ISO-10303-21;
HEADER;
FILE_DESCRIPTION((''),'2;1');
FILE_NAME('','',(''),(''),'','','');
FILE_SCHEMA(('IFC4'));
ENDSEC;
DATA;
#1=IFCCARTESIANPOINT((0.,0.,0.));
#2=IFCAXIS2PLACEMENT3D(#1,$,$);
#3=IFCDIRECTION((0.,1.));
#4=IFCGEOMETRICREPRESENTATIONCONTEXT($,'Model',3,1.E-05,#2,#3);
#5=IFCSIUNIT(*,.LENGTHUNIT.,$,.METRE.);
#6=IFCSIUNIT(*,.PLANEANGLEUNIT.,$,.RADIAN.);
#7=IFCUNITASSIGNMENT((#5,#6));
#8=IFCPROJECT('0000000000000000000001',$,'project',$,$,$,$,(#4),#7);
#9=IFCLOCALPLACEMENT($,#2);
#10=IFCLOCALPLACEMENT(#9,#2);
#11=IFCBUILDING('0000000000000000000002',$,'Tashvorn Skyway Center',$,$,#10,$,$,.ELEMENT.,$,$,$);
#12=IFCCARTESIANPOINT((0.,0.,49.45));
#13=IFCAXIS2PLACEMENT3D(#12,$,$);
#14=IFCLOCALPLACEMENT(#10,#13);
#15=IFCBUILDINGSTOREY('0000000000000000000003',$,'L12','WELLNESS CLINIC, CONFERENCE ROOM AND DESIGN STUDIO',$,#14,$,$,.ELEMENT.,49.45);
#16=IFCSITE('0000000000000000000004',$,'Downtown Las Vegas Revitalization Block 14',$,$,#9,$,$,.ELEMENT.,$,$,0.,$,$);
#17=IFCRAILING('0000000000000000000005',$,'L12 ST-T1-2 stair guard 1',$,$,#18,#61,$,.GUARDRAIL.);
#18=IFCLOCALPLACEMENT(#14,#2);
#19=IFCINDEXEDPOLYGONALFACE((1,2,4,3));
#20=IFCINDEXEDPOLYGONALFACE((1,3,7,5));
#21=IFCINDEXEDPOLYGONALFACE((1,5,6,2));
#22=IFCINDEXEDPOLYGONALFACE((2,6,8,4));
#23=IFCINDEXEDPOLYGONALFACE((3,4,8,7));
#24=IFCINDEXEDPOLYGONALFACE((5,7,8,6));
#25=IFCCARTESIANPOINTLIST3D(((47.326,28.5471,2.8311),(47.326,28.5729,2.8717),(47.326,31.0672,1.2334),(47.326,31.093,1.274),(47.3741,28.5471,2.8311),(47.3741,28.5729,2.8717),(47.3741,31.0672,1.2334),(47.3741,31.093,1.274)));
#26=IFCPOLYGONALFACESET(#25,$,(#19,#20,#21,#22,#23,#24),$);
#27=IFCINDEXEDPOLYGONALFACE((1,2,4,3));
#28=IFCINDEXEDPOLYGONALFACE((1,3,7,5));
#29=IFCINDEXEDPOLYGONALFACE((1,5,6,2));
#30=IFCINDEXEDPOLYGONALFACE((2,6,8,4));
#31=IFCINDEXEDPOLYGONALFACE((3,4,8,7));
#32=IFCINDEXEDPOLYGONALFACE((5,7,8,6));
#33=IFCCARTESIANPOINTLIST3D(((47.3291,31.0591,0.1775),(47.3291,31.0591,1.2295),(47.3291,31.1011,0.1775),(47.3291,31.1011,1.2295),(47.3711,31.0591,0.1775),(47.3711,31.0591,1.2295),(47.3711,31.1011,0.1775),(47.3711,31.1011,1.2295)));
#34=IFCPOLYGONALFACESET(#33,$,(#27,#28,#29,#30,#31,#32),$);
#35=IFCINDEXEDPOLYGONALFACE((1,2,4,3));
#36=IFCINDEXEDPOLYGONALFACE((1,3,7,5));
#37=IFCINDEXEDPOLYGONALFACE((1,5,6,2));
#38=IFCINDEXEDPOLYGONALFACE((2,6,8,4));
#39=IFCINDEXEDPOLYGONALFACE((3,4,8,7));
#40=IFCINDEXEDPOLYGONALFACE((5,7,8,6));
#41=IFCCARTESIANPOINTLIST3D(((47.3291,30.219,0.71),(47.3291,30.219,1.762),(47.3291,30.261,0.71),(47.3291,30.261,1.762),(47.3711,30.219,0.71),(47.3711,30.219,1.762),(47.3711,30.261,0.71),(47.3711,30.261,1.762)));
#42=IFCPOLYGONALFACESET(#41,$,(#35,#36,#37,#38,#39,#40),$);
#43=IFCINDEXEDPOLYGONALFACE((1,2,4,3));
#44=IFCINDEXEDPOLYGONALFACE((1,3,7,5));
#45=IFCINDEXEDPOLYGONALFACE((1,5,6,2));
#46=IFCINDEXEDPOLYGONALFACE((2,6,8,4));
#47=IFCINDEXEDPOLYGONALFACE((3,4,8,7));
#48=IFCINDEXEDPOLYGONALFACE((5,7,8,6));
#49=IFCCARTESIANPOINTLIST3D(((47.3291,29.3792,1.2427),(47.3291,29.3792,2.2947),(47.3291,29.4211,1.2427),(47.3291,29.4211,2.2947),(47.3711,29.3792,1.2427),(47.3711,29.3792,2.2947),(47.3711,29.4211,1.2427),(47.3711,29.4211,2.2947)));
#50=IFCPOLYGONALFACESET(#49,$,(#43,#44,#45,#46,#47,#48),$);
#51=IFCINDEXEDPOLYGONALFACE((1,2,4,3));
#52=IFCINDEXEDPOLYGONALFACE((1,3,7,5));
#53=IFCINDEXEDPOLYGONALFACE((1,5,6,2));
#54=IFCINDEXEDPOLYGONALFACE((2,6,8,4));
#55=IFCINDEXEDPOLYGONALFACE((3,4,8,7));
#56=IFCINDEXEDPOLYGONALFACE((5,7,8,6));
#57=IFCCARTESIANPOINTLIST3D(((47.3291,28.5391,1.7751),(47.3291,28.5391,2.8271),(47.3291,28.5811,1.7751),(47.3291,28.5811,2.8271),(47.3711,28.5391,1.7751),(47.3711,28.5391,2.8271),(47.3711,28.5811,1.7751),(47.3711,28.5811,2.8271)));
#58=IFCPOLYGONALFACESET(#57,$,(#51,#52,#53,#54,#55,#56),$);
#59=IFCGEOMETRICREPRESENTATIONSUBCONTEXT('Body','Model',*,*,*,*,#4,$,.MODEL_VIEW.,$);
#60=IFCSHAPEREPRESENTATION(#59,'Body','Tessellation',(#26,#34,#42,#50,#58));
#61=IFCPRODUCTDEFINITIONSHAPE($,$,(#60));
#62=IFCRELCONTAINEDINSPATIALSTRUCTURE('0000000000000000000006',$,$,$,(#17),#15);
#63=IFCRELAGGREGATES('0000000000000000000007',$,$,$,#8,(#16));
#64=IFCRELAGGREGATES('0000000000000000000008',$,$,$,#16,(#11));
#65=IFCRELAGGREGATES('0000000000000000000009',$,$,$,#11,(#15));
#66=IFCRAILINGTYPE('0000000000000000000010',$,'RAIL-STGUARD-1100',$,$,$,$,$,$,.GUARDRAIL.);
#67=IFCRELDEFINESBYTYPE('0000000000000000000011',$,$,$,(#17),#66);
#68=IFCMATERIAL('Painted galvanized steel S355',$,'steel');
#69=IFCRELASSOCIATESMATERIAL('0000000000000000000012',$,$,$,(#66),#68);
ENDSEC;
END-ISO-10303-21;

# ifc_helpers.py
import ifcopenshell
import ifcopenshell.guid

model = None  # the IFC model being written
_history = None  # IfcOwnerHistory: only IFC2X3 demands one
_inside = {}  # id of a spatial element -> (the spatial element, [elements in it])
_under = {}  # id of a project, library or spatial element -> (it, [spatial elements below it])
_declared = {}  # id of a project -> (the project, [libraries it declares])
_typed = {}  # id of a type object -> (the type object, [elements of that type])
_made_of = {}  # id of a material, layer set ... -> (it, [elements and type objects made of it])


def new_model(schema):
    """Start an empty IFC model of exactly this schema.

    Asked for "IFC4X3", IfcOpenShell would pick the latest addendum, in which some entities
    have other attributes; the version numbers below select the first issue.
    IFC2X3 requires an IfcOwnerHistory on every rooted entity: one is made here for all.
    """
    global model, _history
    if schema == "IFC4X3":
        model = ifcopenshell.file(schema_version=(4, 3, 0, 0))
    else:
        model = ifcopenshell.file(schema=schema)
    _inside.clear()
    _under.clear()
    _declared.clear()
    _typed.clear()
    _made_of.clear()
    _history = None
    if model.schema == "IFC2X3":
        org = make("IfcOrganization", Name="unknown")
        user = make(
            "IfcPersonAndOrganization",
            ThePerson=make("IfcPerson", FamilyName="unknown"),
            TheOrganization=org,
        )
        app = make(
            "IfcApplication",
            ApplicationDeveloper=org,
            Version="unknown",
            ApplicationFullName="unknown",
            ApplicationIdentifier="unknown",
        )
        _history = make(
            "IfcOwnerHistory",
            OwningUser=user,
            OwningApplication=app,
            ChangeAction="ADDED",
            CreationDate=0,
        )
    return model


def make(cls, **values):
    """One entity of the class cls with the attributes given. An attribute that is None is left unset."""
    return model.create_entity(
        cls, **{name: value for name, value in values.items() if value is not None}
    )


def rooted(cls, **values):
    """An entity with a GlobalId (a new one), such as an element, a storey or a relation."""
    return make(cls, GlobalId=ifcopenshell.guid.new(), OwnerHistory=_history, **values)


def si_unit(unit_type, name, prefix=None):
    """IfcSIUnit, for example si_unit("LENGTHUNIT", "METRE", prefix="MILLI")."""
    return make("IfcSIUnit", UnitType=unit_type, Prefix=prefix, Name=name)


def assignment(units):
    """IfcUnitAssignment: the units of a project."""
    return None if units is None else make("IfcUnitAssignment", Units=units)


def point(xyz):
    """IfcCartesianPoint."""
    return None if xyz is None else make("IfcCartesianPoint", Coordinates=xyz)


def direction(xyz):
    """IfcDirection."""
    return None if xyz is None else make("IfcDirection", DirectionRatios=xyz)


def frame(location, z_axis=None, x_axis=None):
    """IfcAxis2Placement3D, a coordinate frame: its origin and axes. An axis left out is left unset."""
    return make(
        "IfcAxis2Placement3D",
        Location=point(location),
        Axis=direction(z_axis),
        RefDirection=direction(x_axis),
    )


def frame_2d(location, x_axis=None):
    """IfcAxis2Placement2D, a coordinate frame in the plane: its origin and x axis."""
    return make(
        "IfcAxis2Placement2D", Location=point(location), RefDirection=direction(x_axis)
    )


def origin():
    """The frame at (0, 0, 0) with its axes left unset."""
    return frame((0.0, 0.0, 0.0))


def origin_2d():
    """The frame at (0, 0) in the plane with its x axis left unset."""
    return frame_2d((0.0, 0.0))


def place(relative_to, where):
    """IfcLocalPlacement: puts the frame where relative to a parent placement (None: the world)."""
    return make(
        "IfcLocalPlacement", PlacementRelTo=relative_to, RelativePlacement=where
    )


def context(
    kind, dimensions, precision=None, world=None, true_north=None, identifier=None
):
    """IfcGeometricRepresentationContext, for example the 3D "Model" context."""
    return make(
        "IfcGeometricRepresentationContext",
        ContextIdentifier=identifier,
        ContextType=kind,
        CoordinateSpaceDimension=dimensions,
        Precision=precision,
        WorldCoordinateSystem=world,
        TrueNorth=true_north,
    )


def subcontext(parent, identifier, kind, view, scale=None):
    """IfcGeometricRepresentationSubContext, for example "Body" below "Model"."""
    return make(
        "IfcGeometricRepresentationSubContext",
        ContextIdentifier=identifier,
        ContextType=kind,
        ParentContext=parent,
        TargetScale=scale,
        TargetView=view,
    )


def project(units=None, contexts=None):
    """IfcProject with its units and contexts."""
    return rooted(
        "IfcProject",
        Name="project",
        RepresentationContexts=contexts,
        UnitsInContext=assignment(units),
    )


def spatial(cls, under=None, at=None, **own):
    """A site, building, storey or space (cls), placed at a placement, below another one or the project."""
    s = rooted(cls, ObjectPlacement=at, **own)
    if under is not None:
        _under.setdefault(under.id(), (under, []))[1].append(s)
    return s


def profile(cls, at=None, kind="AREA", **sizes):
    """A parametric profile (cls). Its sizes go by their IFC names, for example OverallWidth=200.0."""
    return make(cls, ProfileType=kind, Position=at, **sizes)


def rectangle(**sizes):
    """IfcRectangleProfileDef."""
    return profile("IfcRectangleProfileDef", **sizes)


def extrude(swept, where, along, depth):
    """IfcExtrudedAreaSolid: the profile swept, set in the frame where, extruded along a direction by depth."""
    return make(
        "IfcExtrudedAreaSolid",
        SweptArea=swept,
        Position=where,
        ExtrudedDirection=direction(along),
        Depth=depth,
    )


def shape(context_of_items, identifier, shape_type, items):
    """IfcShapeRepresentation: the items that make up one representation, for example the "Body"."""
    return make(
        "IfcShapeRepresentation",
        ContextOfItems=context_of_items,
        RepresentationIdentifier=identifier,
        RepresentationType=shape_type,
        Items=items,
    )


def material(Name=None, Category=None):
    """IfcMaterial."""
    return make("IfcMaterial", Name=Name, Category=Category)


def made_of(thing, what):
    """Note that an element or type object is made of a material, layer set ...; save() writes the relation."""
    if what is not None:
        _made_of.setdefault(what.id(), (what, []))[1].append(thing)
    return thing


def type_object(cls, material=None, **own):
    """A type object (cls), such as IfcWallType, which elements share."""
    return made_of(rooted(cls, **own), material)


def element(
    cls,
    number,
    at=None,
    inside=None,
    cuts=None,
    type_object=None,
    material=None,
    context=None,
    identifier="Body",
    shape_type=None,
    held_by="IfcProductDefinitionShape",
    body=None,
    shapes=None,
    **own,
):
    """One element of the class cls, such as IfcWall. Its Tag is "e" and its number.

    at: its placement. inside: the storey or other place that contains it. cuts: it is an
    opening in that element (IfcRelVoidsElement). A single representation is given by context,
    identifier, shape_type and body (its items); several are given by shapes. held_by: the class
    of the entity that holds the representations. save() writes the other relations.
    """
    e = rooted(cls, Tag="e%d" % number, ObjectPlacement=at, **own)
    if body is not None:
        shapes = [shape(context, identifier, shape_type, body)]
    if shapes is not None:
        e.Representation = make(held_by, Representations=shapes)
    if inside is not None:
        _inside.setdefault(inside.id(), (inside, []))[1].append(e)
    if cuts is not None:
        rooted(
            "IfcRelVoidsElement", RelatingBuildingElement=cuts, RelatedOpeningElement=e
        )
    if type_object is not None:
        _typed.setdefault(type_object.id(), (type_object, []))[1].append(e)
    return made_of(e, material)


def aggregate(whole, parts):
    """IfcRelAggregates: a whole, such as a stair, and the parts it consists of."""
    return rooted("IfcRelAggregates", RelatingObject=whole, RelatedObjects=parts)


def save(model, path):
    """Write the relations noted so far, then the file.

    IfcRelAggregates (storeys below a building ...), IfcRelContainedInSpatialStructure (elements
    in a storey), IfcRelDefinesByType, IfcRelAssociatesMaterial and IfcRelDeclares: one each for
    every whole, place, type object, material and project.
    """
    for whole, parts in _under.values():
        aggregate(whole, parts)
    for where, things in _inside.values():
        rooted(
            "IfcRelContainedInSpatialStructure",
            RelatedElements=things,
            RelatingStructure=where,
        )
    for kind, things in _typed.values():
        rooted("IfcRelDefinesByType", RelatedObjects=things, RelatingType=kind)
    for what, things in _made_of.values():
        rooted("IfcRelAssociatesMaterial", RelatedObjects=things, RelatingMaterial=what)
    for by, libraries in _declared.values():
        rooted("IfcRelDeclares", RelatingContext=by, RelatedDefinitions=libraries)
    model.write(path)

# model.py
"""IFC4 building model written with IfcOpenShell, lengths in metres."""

from ifc_helpers import new_model, si_unit, direction, frame, origin, origin_2d, place, context, subcontext, project, spatial, rectangle, extrude, material, type_object, element, save


model = new_model("IFC4")

# Units and contexts
model_context = context("Model", 3, precision=1e-05, world=origin(), true_north=direction((0.0, 1.0)))
body_context = subcontext(model_context, "Body", "Model", "MODEL_VIEW")
ifc_project = project(units=[si_unit("LENGTHUNIT", "METRE"), si_unit("PLANEANGLEUNIT", "RADIAN")], contexts=[model_context])

# Site, building, storey
site_placement = place(None, origin())
site = spatial("IfcSite", under=ifc_project, at=site_placement, Name="Downtown Las Vegas Revitalization Block 14", CompositionType="ELEMENT", RefElevation=0.0)
building_placement = place(site_placement, origin())
building = spatial("IfcBuilding", under=site, at=building_placement, Name="Tashvorn Skyway Center", CompositionType="ELEMENT")
storey_placement = place(building_placement, frame((0.0, 0.0, 49.45)))
storey = spatial("IfcBuildingStorey", under=building, at=storey_placement, Name="L12", Description="WELLNESS CLINIC, CONFERENCE ROOM AND DESIGN STUDIO", CompositionType="ELEMENT", Elevation=49.45)

# Railing
ifc_material_1 = material(Name="Painted galvanized steel S355", Category="steel")
railing_type_1 = type_object("IfcRailingType", Name="RAIL-STGUARD-1100", PredefinedType="GUARDRAIL", material=ifc_material_1)
railing_1_placement = place(storey_placement, frame((47.3501, 31.0801, 0.1775)))
element("IfcRailing", 1, at=railing_1_placement, inside=storey, type_object=railing_type_1, Name="L12 ST-T1-2 stair guard 1", PredefinedType="GUARDRAIL", context=body_context, shape_type="SweptSolid", body=[
    extrude(rectangle(XDim=0.0481, YDim=0.0481, at=origin_2d()), frame((0.0, 0.0, 1.0762), z_axis=(0.0, -0.84457, 0.535445), x_axis=(1.0, 0.0, 0.0)), (0.0, 0.0, 1.0), 2.9839),
    extrude(rectangle(XDim=0.042, YDim=0.042, at=origin_2d()), origin(), (0.0, 0.0, 1.0), 1.052),
    extrude(rectangle(XDim=0.042, YDim=0.042, at=origin_2d()), frame((0.0, -0.8401, 0.5325)), (0.0, 0.0, 1.0), 1.052),
    extrude(rectangle(XDim=0.042, YDim=0.042, at=origin_2d()), frame((0.0, -1.6799, 1.0652)), (0.0, 0.0, 1.0), 1.052),
    extrude(rectangle(XDim=0.042, YDim=0.042, at=origin_2d()), frame((0.0, -2.52, 1.5977)), (0.0, 0.0, 1.0), 1.052),
])

save(model, "model.ifc")
